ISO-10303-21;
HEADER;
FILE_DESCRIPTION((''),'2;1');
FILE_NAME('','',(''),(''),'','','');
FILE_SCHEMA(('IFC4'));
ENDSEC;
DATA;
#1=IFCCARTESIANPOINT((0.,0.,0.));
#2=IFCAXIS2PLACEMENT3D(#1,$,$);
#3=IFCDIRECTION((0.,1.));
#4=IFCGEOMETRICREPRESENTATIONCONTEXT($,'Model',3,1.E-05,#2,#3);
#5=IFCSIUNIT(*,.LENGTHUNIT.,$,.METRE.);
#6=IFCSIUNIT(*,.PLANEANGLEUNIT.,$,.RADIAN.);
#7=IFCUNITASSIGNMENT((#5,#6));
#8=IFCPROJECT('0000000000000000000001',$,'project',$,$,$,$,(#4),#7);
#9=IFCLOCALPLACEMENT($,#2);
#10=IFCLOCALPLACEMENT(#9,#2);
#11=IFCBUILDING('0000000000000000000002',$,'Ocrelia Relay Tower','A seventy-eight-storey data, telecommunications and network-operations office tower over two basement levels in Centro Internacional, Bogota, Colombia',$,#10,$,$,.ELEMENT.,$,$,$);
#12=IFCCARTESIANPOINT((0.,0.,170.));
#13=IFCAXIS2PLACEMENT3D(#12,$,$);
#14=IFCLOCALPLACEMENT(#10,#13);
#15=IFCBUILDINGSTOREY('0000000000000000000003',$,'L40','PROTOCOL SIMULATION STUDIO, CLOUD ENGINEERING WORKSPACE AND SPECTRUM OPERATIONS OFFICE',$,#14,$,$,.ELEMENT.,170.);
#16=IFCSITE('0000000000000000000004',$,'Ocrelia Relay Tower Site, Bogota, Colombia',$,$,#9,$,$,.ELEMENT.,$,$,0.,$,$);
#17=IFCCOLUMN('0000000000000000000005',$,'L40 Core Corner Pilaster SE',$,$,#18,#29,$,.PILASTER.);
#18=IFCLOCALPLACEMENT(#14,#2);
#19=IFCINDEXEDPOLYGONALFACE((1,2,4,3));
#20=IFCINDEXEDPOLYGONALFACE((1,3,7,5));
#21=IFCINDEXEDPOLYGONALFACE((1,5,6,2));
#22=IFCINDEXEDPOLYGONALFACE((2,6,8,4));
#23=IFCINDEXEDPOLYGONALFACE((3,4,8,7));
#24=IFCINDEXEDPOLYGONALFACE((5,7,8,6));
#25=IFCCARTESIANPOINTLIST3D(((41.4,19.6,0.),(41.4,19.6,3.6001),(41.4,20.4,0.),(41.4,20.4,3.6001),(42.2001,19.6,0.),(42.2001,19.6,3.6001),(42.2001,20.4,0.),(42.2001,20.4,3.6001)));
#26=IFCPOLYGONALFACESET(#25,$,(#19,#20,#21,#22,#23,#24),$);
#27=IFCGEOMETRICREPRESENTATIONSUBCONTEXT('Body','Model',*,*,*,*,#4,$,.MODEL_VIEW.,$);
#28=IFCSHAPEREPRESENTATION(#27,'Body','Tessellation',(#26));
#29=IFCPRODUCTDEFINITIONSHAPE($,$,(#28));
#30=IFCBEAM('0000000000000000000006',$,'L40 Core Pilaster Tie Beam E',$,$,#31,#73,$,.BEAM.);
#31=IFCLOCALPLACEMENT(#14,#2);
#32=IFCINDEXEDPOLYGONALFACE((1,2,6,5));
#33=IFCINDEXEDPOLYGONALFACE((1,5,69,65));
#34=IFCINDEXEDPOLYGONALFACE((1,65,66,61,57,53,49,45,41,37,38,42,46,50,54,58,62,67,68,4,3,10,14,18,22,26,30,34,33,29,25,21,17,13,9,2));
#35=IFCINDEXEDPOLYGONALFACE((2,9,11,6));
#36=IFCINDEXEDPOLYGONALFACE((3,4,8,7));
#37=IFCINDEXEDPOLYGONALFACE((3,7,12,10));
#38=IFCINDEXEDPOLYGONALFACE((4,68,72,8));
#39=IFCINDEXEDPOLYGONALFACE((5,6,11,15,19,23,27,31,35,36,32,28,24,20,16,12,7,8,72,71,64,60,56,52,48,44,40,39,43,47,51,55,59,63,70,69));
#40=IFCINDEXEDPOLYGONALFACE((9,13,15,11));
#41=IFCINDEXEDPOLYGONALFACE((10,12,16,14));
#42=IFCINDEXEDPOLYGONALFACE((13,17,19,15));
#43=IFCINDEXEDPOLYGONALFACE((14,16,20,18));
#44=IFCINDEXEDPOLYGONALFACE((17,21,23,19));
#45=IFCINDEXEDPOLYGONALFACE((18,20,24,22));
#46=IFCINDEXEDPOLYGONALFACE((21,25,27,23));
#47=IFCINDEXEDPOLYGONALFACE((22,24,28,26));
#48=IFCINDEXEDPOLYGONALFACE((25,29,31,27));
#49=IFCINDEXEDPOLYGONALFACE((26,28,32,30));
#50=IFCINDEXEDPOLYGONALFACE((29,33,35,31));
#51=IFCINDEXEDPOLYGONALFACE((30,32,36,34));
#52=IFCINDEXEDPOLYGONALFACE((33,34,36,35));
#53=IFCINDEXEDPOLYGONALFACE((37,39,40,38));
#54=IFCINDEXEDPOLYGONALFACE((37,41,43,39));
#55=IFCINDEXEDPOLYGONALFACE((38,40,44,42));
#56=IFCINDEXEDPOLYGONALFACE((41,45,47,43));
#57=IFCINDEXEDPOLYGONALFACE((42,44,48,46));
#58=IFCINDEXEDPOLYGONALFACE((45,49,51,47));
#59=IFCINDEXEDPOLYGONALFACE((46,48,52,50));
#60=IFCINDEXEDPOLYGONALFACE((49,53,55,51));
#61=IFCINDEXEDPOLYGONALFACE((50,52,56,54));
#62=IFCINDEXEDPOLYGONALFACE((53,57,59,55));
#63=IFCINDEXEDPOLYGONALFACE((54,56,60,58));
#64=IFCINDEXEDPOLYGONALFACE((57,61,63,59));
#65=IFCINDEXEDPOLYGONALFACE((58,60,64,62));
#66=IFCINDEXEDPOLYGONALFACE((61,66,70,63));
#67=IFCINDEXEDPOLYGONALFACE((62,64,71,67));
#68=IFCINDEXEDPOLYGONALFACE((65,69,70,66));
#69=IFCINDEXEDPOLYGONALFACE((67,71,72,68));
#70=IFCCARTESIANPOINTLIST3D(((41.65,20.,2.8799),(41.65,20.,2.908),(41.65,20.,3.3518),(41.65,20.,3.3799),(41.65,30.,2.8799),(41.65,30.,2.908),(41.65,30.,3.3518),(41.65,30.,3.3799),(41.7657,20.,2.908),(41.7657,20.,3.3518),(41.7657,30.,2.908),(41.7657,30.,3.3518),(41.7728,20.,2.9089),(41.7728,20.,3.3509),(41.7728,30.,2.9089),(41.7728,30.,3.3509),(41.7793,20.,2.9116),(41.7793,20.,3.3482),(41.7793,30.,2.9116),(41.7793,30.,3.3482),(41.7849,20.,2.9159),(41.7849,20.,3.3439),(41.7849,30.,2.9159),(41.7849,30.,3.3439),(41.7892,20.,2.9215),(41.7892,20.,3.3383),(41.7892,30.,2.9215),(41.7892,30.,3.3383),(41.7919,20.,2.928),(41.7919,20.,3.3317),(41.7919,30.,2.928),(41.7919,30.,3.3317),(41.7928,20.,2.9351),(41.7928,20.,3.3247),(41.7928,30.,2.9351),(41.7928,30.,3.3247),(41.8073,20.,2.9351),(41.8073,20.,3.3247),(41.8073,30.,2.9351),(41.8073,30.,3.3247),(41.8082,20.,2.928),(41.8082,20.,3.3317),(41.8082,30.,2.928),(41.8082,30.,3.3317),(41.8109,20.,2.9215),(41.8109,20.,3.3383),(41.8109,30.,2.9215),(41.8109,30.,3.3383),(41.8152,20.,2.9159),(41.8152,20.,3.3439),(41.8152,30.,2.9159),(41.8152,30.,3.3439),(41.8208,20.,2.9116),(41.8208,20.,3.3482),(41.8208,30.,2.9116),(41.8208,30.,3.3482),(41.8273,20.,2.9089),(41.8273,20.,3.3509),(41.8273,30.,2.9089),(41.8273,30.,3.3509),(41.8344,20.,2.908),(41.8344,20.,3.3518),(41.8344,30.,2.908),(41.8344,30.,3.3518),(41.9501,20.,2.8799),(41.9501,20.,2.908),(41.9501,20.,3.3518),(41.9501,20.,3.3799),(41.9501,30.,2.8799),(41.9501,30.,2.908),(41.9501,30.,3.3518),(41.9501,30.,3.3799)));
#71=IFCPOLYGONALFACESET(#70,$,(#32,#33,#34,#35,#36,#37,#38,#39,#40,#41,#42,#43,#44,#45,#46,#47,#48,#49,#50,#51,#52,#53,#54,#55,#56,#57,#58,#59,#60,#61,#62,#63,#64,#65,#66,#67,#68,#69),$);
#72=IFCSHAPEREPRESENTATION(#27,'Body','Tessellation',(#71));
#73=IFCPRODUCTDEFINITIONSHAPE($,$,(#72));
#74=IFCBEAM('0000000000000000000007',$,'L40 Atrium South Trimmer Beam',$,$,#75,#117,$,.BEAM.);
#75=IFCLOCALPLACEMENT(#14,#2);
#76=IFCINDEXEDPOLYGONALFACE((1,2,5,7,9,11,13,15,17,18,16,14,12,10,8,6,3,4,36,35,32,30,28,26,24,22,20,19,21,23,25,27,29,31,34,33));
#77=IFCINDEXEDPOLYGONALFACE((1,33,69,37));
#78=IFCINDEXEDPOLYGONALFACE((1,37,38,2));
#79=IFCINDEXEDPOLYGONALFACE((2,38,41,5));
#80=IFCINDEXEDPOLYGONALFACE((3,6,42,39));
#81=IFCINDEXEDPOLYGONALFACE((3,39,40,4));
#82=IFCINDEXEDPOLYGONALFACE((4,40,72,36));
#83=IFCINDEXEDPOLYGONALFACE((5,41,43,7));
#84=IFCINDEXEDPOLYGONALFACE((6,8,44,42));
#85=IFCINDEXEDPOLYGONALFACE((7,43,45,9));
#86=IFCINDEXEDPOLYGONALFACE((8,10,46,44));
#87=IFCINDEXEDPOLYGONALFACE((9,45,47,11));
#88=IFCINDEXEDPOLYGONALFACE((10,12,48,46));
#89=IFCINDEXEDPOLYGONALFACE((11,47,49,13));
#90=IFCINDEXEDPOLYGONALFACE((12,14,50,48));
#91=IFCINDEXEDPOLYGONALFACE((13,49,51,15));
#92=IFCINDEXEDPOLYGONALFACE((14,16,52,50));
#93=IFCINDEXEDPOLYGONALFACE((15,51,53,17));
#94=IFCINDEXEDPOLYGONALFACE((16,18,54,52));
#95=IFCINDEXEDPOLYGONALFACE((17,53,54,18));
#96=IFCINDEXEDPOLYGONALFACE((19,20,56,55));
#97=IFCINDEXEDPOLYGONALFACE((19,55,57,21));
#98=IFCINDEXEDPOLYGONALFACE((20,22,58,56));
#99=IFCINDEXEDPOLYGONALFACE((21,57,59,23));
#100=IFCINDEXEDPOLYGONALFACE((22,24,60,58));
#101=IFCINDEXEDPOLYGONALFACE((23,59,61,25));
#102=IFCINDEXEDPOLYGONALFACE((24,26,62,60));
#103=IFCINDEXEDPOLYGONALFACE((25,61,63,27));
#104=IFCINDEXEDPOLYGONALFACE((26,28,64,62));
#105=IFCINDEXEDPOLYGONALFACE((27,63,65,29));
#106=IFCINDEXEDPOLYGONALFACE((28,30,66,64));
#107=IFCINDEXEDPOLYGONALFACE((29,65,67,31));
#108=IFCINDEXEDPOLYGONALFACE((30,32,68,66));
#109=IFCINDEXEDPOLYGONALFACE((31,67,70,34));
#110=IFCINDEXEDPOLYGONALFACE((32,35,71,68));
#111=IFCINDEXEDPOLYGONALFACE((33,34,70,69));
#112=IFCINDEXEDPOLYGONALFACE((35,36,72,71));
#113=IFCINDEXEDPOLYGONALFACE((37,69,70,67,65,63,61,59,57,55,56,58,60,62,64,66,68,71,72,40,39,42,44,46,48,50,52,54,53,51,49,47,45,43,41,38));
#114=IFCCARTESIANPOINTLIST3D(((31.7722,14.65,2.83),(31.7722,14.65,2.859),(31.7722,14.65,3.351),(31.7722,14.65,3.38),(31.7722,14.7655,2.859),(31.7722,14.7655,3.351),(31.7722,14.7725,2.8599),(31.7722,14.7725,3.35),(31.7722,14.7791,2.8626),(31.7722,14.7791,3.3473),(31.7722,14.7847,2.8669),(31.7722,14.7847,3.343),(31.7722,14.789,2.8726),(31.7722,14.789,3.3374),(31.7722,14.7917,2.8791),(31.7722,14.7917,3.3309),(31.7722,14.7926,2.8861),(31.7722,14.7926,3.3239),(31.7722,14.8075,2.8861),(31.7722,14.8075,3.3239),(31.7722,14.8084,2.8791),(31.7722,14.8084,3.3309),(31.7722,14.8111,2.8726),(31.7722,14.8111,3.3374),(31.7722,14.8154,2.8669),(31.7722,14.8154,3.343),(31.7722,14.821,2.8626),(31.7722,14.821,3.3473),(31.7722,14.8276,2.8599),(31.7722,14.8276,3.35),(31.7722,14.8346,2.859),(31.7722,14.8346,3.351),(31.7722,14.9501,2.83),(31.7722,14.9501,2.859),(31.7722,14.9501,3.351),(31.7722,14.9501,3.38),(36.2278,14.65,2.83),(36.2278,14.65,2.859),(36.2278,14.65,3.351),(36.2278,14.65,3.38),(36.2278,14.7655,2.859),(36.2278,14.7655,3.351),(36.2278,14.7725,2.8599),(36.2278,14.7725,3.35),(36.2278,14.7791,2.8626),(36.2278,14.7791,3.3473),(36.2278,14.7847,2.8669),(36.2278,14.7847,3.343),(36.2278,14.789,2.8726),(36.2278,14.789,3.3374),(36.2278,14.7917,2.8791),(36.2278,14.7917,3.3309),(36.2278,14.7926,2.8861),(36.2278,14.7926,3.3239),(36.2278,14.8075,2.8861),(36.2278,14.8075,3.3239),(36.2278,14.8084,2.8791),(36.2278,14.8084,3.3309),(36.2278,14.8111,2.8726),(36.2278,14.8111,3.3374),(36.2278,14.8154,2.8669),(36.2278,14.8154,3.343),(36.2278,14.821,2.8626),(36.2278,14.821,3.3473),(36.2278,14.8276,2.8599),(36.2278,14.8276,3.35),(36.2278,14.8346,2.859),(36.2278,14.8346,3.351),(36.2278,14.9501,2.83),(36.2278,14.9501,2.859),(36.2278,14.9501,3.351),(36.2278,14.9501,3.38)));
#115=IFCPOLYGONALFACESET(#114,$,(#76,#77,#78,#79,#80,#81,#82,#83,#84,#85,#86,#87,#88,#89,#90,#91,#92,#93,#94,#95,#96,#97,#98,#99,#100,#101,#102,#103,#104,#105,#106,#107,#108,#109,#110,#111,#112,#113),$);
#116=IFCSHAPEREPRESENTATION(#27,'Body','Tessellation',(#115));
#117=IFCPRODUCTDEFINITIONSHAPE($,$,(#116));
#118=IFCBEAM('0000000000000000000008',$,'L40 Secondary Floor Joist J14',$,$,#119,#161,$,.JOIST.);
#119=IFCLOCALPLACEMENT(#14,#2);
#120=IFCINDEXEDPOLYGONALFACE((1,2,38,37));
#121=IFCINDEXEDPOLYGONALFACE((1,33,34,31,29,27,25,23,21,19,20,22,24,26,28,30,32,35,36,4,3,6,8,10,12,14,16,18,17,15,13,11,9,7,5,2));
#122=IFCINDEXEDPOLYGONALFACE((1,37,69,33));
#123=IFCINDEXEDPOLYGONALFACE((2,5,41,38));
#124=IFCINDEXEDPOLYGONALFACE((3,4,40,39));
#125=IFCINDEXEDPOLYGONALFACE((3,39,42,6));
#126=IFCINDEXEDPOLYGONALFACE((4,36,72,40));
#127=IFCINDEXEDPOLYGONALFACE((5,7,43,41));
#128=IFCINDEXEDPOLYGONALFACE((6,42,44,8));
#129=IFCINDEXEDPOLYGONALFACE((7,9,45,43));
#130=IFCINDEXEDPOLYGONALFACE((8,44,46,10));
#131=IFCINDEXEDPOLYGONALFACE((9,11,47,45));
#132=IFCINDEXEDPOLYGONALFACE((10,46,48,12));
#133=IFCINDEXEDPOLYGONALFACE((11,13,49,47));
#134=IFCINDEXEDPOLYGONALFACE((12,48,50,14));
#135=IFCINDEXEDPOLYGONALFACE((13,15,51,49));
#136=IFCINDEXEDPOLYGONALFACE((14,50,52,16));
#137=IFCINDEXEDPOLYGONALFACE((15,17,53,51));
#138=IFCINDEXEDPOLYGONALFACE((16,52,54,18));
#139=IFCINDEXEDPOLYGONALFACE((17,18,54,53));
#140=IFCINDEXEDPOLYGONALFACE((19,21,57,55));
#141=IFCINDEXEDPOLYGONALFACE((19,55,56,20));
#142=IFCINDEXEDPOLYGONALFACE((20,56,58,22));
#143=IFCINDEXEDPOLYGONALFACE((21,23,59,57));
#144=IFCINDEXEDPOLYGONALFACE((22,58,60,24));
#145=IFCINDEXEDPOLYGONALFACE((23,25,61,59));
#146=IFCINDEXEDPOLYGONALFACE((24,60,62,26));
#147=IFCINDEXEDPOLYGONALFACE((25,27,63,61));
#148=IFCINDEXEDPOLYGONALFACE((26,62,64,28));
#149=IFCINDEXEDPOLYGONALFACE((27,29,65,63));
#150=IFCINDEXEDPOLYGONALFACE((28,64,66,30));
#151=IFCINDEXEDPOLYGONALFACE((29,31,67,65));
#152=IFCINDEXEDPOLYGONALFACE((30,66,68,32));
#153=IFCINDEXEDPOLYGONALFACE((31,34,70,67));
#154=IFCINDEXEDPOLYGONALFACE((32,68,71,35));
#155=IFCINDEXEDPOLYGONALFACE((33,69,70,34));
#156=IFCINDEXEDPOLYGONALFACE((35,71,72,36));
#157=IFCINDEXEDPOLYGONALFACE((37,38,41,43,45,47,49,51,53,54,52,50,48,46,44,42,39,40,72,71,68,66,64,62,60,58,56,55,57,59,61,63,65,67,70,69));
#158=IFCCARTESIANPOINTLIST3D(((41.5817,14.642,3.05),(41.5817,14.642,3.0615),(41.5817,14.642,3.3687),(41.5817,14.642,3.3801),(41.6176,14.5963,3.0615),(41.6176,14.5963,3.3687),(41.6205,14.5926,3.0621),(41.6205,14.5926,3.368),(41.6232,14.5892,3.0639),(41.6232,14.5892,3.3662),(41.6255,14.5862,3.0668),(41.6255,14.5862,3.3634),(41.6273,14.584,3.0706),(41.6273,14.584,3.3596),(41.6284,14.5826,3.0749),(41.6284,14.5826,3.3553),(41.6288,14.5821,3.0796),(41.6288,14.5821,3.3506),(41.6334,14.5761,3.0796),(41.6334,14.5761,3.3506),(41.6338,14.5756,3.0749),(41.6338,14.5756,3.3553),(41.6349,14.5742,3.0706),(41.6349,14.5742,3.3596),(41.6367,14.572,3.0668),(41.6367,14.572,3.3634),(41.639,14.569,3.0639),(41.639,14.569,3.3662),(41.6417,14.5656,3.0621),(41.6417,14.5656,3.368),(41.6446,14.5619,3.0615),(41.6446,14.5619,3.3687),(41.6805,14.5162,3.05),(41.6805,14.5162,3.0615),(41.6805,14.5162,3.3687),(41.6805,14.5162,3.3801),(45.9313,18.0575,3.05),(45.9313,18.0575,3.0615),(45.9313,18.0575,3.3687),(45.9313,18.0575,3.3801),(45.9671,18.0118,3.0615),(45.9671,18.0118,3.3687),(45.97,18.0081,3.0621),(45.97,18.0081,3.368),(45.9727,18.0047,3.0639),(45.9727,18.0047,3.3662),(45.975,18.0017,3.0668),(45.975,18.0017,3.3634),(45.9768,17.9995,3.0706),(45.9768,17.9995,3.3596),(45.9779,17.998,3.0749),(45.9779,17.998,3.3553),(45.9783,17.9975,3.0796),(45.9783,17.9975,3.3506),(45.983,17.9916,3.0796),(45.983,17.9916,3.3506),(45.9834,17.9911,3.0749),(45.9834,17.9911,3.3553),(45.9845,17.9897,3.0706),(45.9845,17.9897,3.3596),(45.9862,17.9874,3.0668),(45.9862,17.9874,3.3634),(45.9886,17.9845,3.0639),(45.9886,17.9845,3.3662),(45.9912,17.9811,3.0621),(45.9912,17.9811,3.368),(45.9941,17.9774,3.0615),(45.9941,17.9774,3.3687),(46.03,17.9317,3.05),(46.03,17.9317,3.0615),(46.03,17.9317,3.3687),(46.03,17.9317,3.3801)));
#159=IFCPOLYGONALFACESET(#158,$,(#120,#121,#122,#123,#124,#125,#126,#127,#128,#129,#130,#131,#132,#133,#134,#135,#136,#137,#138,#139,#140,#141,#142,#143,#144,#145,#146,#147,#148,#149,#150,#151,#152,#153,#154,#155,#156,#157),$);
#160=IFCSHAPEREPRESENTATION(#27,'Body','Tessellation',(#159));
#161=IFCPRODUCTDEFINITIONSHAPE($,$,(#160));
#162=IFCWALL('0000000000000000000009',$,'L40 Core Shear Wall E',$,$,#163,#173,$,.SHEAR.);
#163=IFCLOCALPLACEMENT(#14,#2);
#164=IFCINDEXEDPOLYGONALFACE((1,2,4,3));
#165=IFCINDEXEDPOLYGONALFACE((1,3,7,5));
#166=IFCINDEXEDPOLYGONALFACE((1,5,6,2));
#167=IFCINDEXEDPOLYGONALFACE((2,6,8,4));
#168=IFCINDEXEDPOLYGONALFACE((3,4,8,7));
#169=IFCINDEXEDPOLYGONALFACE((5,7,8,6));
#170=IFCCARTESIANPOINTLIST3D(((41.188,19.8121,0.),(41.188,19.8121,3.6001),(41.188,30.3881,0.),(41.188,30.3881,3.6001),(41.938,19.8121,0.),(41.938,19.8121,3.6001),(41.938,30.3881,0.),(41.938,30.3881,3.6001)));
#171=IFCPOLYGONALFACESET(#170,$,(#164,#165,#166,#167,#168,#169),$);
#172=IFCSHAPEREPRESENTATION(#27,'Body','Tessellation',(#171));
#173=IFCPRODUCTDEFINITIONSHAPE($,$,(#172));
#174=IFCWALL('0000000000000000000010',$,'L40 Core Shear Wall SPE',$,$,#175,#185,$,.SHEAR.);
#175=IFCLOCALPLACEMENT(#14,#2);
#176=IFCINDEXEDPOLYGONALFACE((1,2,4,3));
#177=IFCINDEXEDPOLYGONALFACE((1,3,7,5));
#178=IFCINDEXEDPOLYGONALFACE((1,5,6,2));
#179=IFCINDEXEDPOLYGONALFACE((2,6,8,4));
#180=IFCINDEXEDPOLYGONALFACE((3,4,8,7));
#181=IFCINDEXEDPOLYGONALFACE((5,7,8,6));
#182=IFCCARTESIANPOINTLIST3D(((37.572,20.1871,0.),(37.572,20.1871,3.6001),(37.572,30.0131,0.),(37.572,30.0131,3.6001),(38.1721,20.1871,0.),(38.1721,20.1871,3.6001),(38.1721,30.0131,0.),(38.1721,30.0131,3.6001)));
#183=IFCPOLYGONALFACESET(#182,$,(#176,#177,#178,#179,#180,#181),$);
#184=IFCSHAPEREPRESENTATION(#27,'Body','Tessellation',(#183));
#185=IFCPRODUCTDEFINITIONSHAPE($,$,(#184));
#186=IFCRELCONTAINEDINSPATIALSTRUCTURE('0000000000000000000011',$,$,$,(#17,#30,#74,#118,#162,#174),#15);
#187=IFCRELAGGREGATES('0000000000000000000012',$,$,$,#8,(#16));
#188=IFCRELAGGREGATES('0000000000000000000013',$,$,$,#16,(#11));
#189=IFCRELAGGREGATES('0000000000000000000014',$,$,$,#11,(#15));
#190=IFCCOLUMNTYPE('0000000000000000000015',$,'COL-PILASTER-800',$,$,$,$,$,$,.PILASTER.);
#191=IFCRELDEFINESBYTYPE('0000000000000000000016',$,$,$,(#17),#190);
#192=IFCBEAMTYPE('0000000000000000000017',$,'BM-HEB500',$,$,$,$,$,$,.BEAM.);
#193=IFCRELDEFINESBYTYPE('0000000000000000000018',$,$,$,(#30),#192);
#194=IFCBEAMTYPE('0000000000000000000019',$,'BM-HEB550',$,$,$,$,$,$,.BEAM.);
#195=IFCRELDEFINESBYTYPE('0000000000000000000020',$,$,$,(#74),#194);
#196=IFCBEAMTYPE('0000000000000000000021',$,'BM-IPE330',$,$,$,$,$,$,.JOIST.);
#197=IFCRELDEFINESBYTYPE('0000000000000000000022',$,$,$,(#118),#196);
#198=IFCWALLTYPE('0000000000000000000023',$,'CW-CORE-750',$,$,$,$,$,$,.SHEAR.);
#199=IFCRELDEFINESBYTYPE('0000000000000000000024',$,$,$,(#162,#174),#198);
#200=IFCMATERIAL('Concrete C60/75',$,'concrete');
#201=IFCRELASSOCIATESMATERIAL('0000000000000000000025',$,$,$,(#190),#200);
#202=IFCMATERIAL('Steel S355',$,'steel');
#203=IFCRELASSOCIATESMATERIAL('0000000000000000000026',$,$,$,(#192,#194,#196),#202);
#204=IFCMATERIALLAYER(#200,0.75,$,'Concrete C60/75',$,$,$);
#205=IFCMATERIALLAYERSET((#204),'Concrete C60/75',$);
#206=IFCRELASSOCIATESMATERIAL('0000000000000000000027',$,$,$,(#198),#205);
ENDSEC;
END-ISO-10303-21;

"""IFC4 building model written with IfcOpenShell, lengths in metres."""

from ifc_helpers import new_model, si_unit, direction, frame, frame_2d, origin, origin_2d, place, context, subcontext, project, spatial, rectangle, i_section, extrude, material, layer, layer_set, material_profile, profile_set, type_object, element, save


model = new_model("IFC4")

# Units and contexts
model_context = context("Model", 3, precision=1e-05, world=origin(), true_north=direction((0.0, 1.0)))
body_context = subcontext(model_context, "Body", "Model", "MODEL_VIEW")
ifc_project = project(units=[si_unit("LENGTHUNIT", "METRE"), si_unit("PLANEANGLEUNIT", "RADIAN")], contexts=[model_context])

# Site, building, storey
site_placement = place(None, origin())
site = spatial("IfcSite", under=ifc_project, at=site_placement, Name="Ocrelia Relay Tower Site, Bogota, Colombia", CompositionType="ELEMENT", RefElevation=0.0)
building_placement = place(site_placement, origin())
building = spatial("IfcBuilding", under=site, at=building_placement, Name="Ocrelia Relay Tower", Description="A seventy-eight-storey data, telecommunications and network-operations office tower over two basement levels in Centro Internacional, Bogota, Colombia", CompositionType="ELEMENT")
storey_placement = place(building_placement, frame((0.0, 0.0, 170.0)))
storey = spatial("IfcBuildingStorey", under=building, at=storey_placement, Name="L40", Description="PROTOCOL SIMULATION STUDIO, CLOUD ENGINEERING WORKSPACE AND SPECTRUM OPERATIONS OFFICE", CompositionType="ELEMENT", Elevation=170.0)

# Column
ifc_material_1 = material(Name="Concrete C60/75", Category="concrete")
ifc_material_profile_1 = material_profile(ifc_material_1, rectangle(XDim=0.8, YDim=0.8, at=origin_2d()), Name="RC-COL-800x800")
ifc_profile_set_1 = profile_set([ifc_material_profile_1], Name="Concrete C60/75")
column_type = type_object("IfcColumnType", Name="COL-PILASTER-800", PredefinedType="PILASTER", material=ifc_profile_set_1)
column_placement = place(storey_placement, frame((41.8, 20.0, 0.0), z_axis=(0.0, 0.0, 1.0), x_axis=(1.0, 0.0, 0.0)))
element("IfcColumn", 1, at=column_placement, inside=storey, type_object=column_type, Name="L40 Core Corner Pilaster SE", PredefinedType="PILASTER", context=body_context, shape_type="SweptSolid", body=[
    extrude(rectangle(XDim=0.8, YDim=0.8, at=origin_2d()), origin(), (0.0, 0.0, 1.0), 3.6001),
])

# Beams
ifc_material_2 = material(Name="Steel S355", Category="steel")
ifc_material_profile_2 = material_profile(ifc_material_2, i_section(OverallWidth=0.3, OverallDepth=0.5, WebThickness=0.0144, FlangeThickness=0.0281, FilletRadius=0.0271, at=origin_2d()), Name="HEB 500")
ifc_profile_set_2 = profile_set([ifc_material_profile_2], Name="Steel S355")
beam_type_1 = type_object("IfcBeamType", Name="BM-HEB500", PredefinedType="BEAM", material=ifc_profile_set_2)
beam_1_placement = place(storey_placement, frame((41.8, 20.0, 3.1299), z_axis=(0.0, 1.0, 0.0), x_axis=(-1.0, 0.0, 0.0)))
element("IfcBeam", 2, at=beam_1_placement, inside=storey, type_object=beam_type_1, Name="L40 Core Pilaster Tie Beam E", PredefinedType="BEAM", context=body_context, shape_type="SweptSolid", body=[
    extrude(i_section(OverallWidth=0.3, OverallDepth=0.5, WebThickness=0.0144, FlangeThickness=0.0281, FilletRadius=0.0271, at=origin_2d()), origin(), (0.0, 0.0, 1.0), 10.0),
])
ifc_material_profile_3 = material_profile(ifc_material_2, i_section(OverallWidth=0.3, OverallDepth=0.55, WebThickness=0.0149, FlangeThickness=0.0291, FilletRadius=0.0271, at=origin_2d()), Name="HEB 550")
ifc_profile_set_3 = profile_set([ifc_material_profile_3], Name="Steel S355")
beam_type_2 = type_object("IfcBeamType", Name="BM-HEB550", PredefinedType="BEAM", material=ifc_profile_set_3)
beam_2_placement = place(storey_placement, frame((31.7722, 14.8, 3.105), z_axis=(1.0, 0.0, 0.0), x_axis=(0.0, 1.0, 0.0)))
element("IfcBeam", 3, at=beam_2_placement, inside=storey, type_object=beam_type_2, Name="L40 Atrium South Trimmer Beam", PredefinedType="BEAM", context=body_context, shape_type="SweptSolid", body=[
    extrude(i_section(OverallWidth=0.3, OverallDepth=0.55, WebThickness=0.0149, FlangeThickness=0.0291, FilletRadius=0.0271, at=origin_2d()), origin(), (0.0, 0.0, 1.0), 4.4556),
])
ifc_material_profile_4 = material_profile(ifc_material_2, i_section(OverallWidth=0.1599, OverallDepth=0.3301, WebThickness=0.0076, FlangeThickness=0.0115, FilletRadius=0.0181, at=origin_2d()), Name="IPE 330")
ifc_profile_set_4 = profile_set([ifc_material_profile_4], Name="Steel S355")
beam_type_3 = type_object("IfcBeamType", Name="BM-IPE330", PredefinedType="JOIST", material=ifc_profile_set_4)
beam_3_placement = place(storey_placement, frame((41.6311, 14.5791, 3.2151), z_axis=(0.786496, 0.617595, 0.0), x_axis=(-0.617595, 0.786496, 0.0)))
element("IfcBeam", 4, at=beam_3_placement, inside=storey, type_object=beam_type_3, Name="L40 Secondary Floor Joist J14", PredefinedType="JOIST", context=body_context, shape_type="SweptSolid", body=[
    extrude(i_section(OverallWidth=0.1599, OverallDepth=0.3301, WebThickness=0.0076, FlangeThickness=0.0115, FilletRadius=0.0181, at=origin_2d()), origin(), (0.0, 0.0, 1.0), 5.5303),
])

# Walls
ifc_layer_1 = layer(ifc_material_1, 0.75, Name="Concrete C60/75")
ifc_layer_set_1 = layer_set([ifc_layer_1], Name="Concrete C60/75")
wall_type_1 = type_object("IfcWallType", Name="CW-CORE-750", PredefinedType="SHEAR", material=ifc_layer_set_1)
wall_1_placement = place(storey_placement, frame((41.563, 19.812, 0.0), z_axis=(0.0, 0.0, 1.0), x_axis=(0.0, 1.0, 0.0)))
element("IfcWall", 5, at=wall_1_placement, inside=storey, type_object=wall_type_1, Name="L40 Core Shear Wall E", PredefinedType="SHEAR", context=body_context, shape_type="SweptSolid", body=[
    extrude(rectangle(XDim=10.5759, YDim=0.75, at=frame_2d((5.2881, 0.0))), origin(), (0.0, 0.0, 1.0), 3.6001),
])
wall_2_placement = place(storey_placement, frame((37.8721, 20.187, 0.0), z_axis=(0.0, 0.0, 1.0), x_axis=(0.0, 1.0, 0.0)))
element("IfcWall", 6, at=wall_2_placement, inside=storey, type_object=wall_type_1, Name="L40 Core Shear Wall SPE", PredefinedType="SHEAR", context=body_context, shape_type="SweptSolid", body=[
    extrude(rectangle(XDim=9.8259, YDim=0.6001, at=frame_2d((4.9131, 0.0))), origin(), (0.0, 0.0, 1.0), 3.6001),
])

save(model, "model.ifc")
